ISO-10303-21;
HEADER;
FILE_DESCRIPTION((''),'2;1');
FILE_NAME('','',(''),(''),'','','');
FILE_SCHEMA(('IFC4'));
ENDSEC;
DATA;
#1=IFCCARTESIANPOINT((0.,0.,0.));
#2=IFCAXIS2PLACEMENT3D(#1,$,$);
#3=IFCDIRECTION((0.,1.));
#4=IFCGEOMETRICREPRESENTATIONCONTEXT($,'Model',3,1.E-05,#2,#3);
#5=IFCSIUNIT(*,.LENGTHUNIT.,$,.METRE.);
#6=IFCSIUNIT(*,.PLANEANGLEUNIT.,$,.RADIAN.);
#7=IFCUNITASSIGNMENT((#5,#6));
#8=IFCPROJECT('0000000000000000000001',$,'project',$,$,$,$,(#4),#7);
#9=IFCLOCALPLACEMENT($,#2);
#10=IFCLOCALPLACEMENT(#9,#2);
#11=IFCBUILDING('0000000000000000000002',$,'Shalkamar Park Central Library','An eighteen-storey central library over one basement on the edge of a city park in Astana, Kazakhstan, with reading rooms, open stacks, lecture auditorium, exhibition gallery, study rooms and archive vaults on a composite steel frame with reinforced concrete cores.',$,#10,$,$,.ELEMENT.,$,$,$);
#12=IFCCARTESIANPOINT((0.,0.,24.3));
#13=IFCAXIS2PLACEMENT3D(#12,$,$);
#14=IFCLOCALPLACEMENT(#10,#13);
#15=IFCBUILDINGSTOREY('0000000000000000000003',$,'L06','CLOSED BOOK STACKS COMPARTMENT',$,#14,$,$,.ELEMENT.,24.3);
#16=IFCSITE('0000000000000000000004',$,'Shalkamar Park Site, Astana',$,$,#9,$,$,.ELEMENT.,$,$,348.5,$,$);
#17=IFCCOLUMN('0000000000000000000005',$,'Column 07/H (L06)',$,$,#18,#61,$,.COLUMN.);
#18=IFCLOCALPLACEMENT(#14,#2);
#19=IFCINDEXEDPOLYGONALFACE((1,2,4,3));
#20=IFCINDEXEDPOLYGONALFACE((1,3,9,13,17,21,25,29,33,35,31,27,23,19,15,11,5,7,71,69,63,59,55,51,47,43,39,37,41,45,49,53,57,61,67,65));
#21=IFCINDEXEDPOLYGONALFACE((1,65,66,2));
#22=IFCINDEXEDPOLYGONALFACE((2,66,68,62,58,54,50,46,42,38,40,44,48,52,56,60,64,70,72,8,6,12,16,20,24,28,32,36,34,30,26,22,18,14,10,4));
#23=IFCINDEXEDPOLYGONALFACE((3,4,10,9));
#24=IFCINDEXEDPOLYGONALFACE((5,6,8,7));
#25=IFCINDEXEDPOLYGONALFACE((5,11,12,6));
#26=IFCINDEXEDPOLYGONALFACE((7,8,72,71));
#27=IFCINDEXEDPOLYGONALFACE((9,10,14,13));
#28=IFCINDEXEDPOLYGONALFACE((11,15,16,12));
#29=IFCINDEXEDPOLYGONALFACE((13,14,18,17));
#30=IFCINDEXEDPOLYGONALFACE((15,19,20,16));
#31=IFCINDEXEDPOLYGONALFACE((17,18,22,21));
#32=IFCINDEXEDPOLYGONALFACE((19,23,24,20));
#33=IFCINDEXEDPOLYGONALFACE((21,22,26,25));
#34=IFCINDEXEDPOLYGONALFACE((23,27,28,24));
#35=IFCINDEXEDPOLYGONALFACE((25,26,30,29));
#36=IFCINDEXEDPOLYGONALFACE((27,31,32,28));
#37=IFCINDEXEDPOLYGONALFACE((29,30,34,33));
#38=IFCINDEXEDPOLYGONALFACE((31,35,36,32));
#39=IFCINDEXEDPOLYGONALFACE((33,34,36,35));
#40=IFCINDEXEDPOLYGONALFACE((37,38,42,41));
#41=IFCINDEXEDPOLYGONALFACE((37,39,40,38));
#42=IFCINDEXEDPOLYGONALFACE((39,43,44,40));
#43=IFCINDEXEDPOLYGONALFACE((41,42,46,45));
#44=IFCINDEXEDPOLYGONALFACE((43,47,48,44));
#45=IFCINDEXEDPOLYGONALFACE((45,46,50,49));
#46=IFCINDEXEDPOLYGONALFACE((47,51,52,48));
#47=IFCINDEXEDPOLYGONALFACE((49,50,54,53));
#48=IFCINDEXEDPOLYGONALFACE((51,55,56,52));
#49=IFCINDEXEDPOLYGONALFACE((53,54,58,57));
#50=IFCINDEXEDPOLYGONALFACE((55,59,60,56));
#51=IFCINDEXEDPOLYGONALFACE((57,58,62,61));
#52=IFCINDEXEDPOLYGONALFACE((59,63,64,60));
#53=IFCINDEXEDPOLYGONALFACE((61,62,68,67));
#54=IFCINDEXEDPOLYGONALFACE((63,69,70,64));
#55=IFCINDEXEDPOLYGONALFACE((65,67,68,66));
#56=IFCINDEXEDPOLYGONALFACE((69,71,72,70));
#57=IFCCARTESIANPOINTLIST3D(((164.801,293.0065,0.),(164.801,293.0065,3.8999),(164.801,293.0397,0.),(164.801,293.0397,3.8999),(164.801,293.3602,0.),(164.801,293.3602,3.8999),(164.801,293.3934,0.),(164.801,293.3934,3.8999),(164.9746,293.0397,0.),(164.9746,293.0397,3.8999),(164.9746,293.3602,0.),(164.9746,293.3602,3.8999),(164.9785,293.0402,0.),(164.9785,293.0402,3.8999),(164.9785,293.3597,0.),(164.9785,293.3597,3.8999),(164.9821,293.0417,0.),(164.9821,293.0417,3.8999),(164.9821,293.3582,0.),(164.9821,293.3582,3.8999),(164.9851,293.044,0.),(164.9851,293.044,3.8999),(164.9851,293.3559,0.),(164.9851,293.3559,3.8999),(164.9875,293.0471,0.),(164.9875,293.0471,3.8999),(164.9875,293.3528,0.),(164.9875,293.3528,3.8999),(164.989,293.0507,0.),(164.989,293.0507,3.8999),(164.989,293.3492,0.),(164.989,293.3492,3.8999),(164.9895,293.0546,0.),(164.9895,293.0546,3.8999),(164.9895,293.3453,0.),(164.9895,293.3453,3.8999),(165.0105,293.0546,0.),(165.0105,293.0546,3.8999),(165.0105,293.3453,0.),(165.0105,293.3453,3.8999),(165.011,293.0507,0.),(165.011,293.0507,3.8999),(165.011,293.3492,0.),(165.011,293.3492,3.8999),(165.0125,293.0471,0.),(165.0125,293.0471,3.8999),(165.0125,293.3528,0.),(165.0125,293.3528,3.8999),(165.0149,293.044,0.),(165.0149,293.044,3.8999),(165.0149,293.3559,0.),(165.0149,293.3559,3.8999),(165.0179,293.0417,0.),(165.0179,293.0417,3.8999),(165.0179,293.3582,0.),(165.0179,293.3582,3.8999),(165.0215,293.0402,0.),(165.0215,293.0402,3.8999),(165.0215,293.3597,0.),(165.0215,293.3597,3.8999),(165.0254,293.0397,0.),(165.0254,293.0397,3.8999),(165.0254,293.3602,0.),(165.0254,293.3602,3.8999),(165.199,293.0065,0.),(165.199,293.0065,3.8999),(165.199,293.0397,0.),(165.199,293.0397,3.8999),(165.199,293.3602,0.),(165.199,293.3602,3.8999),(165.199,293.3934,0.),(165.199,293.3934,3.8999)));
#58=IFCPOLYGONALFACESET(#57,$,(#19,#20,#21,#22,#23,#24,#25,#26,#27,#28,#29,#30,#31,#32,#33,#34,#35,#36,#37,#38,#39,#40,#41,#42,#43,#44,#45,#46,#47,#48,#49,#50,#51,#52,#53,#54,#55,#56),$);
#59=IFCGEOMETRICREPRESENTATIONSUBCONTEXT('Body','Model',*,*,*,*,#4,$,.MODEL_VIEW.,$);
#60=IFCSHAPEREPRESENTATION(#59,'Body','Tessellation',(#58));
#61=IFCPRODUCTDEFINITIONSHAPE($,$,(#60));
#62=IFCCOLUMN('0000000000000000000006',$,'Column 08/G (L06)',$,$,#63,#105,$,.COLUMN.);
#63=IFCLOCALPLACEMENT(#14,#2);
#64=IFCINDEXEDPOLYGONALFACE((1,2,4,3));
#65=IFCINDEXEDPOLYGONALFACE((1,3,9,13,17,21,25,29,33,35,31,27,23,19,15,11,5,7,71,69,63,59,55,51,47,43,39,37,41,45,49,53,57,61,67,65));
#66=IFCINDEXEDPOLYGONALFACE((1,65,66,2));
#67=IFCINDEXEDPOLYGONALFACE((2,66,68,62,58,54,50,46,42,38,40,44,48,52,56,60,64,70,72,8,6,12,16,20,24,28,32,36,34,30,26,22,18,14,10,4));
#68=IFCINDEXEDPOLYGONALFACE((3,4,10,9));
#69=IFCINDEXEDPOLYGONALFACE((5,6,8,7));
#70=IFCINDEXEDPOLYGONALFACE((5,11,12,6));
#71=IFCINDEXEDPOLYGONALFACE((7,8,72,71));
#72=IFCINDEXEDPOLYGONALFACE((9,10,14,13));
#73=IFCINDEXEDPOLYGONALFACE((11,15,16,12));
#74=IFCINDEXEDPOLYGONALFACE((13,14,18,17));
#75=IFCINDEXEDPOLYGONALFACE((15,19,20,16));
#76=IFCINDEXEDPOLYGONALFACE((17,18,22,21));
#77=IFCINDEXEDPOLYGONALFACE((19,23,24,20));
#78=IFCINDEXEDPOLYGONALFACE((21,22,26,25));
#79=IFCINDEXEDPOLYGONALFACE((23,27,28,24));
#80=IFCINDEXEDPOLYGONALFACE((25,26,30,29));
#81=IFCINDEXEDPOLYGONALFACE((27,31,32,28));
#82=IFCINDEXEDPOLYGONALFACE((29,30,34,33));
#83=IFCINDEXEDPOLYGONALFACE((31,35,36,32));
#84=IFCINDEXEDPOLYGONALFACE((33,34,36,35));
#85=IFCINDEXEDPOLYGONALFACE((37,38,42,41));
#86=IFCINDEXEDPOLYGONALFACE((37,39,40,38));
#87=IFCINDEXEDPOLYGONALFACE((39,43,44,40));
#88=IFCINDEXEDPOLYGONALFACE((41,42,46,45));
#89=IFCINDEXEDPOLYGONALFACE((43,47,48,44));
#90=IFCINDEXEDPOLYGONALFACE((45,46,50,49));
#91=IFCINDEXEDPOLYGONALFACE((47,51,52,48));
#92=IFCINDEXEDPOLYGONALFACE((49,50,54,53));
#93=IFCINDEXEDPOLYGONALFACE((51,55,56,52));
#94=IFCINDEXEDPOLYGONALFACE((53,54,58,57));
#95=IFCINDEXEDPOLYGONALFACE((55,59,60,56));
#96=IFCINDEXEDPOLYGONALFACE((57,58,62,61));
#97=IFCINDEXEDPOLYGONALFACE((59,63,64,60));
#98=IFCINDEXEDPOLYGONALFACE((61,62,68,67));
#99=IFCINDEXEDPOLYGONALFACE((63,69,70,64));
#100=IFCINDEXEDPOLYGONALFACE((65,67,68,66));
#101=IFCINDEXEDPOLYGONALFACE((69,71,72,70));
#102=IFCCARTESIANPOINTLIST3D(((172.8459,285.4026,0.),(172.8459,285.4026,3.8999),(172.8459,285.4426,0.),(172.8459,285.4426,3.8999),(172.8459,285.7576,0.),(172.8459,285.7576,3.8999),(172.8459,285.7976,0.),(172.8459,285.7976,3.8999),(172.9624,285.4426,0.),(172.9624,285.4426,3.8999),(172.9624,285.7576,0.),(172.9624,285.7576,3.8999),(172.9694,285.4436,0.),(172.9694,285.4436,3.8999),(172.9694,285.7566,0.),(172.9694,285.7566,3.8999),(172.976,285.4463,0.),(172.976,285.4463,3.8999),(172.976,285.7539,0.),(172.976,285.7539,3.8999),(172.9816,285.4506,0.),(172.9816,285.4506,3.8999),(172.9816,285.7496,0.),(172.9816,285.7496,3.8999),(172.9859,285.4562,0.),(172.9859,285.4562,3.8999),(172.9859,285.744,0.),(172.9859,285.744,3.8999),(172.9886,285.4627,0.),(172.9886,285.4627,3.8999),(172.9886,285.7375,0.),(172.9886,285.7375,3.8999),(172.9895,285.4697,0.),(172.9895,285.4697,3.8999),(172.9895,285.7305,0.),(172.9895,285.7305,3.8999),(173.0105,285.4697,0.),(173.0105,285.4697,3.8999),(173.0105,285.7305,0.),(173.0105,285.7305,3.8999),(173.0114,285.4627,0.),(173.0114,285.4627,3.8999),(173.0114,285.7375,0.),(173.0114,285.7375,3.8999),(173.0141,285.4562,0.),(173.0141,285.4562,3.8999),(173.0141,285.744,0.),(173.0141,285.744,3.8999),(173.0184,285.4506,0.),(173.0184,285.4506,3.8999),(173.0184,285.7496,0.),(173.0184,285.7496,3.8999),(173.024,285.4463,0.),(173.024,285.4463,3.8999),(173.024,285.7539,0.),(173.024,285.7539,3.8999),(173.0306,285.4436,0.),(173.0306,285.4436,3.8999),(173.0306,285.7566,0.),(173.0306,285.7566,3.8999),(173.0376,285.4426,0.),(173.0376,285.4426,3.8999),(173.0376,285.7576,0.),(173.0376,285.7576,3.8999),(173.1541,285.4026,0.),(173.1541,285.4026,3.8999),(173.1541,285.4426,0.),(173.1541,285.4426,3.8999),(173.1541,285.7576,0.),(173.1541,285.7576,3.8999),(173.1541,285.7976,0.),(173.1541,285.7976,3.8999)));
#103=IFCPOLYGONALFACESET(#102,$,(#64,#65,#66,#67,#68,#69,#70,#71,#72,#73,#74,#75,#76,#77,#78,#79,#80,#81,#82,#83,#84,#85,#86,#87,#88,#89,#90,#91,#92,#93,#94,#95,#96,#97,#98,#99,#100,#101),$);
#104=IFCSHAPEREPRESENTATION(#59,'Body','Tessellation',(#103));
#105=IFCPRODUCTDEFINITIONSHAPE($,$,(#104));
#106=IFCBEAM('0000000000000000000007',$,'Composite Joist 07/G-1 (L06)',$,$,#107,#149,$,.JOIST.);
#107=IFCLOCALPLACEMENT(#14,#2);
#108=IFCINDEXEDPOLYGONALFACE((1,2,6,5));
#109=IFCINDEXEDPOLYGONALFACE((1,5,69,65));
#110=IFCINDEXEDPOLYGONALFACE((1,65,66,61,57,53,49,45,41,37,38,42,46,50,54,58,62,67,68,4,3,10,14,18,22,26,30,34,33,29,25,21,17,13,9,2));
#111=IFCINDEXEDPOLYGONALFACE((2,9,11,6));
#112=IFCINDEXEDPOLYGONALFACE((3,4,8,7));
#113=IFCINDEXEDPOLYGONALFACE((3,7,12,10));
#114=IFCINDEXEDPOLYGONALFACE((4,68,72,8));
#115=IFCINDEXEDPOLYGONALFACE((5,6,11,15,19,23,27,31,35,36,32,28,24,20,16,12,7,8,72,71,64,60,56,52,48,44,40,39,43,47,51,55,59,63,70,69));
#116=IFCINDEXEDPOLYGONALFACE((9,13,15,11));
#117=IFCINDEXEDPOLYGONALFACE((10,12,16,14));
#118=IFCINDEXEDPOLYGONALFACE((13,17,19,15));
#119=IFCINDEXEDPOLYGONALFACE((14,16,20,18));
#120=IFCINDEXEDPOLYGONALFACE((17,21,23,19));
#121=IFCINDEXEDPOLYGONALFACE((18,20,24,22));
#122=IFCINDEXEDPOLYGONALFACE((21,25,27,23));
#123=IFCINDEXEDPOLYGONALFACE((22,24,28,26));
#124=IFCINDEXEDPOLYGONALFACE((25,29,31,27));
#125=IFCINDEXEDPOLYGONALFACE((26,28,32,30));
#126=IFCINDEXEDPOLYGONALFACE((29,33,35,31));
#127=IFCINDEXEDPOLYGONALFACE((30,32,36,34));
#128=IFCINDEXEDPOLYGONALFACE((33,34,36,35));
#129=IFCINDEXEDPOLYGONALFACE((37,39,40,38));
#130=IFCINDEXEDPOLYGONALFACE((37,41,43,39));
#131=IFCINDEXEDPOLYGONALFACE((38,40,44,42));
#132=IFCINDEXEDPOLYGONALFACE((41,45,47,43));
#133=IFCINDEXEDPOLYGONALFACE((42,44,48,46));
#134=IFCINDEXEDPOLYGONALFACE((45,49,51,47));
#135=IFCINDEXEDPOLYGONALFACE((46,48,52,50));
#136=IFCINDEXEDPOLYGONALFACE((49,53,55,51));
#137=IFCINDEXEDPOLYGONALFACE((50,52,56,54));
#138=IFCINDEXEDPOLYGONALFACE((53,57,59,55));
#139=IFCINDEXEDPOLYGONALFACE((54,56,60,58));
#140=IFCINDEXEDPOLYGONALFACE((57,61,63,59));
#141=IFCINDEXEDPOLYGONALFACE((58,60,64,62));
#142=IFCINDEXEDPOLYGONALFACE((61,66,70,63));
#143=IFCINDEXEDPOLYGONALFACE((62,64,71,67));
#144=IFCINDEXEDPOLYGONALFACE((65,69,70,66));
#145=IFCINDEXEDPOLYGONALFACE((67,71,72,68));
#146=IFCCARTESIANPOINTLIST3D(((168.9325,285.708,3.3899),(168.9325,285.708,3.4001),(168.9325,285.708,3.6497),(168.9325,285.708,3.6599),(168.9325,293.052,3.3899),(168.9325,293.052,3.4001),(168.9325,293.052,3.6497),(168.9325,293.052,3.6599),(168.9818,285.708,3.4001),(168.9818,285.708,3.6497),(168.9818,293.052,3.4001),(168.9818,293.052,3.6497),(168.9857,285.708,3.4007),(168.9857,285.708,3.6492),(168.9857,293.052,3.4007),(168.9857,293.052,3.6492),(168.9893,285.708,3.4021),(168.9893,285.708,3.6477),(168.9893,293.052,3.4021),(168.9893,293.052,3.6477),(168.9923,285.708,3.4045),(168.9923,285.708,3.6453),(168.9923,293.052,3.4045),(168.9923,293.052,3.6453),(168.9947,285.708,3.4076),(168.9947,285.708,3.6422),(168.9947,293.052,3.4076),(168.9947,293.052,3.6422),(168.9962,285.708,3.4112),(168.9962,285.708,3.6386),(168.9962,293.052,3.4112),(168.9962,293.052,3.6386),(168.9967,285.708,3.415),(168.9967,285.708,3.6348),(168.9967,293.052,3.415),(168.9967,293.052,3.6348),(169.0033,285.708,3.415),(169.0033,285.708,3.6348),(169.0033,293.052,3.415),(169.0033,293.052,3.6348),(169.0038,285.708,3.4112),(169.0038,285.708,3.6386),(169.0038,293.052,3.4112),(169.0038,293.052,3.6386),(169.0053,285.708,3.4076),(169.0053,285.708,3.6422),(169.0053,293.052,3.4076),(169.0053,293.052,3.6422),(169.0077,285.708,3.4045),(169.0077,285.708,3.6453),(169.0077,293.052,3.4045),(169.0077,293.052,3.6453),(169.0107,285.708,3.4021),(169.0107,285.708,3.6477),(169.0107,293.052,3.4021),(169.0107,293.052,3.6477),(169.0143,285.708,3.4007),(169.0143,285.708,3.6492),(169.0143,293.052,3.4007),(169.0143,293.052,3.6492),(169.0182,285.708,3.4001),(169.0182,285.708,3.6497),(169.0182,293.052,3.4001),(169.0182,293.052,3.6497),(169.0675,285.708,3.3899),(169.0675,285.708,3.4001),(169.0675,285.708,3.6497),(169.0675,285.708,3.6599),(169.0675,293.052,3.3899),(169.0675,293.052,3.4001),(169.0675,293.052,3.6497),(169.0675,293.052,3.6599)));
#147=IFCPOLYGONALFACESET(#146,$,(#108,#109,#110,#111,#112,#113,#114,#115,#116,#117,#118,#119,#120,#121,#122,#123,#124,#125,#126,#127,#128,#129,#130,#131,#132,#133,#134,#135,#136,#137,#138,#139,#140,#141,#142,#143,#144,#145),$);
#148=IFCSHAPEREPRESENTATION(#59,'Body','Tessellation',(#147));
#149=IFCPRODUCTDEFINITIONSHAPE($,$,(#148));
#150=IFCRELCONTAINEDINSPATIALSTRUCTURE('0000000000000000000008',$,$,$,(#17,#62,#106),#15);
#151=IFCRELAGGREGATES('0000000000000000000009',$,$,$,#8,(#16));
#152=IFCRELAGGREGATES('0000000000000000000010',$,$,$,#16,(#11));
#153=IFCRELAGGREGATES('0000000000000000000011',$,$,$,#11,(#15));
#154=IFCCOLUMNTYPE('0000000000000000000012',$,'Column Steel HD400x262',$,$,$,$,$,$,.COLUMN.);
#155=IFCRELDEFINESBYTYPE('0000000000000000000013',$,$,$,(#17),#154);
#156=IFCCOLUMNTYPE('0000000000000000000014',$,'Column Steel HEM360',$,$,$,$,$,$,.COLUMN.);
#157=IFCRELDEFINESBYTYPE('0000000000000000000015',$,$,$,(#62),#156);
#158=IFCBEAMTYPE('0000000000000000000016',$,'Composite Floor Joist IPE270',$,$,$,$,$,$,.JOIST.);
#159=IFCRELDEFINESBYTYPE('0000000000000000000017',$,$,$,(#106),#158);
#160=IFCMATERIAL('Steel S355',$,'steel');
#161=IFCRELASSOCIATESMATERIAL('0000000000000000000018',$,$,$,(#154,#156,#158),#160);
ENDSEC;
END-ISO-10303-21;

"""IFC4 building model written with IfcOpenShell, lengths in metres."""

from ifc_helpers import new_model, si_unit, direction, frame, origin, origin_2d, place, context, subcontext, project, spatial, i_section, extrude, material, material_profile, profile_set, type_object, element, save


model = new_model("IFC4")

# Units and contexts
model_context = context("Model", 3, precision=1e-05, world=origin(), true_north=direction((0.0, 1.0)))
body_context = subcontext(model_context, "Body", "Model", "MODEL_VIEW")
ifc_project = project(units=[si_unit("LENGTHUNIT", "METRE"), si_unit("PLANEANGLEUNIT", "RADIAN")], contexts=[model_context])

# Site, building, storey
site_placement = place(None, origin())
site = spatial("IfcSite", under=ifc_project, at=site_placement, Name="Shalkamar Park Site, Astana", CompositionType="ELEMENT", RefElevation=348.5)
building_placement = place(site_placement, origin())
building = spatial("IfcBuilding", under=site, at=building_placement, Name="Shalkamar Park Central Library", Description="An eighteen-storey central library over one basement on the edge of a city park in Astana, Kazakhstan, with reading rooms, open stacks, lecture auditorium, exhibition gallery, study rooms and archive vaults on a composite steel frame with reinforced concrete cores.", CompositionType="ELEMENT")
storey_placement = place(building_placement, frame((0.0, 0.0, 24.3)))
storey = spatial("IfcBuildingStorey", under=building, at=storey_placement, Name="L06", Description="CLOSED BOOK STACKS COMPARTMENT", CompositionType="ELEMENT", Elevation=24.3)

# Columns
ifc_material_1 = material(Name="Steel S355", Category="steel")
ifc_material_profile_1 = material_profile(ifc_material_1, i_section(OverallWidth=0.3979, OverallDepth=0.387, WebThickness=0.021, FlangeThickness=0.0332, FilletRadius=0.0149, at=origin_2d()), Name="HD 400x262")
ifc_profile_set_1 = profile_set([ifc_material_profile_1], Name="Steel S355")
column_type_1 = type_object("IfcColumnType", Name="Column Steel HD400x262", PredefinedType="COLUMN", material=ifc_profile_set_1)
column_1_placement = place(storey_placement, frame((165.0, 293.2, 0.0), z_axis=(0.0, 0.0, 1.0), x_axis=(1.0, 0.0, 0.0)))
element("IfcColumn", 1, at=column_1_placement, inside=storey, type_object=column_type_1, Name="Column 07/H (L06)", PredefinedType="COLUMN", context=body_context, shape_type="SweptSolid", body=[
    extrude(i_section(OverallWidth=0.3979, OverallDepth=0.387, WebThickness=0.021, FlangeThickness=0.0332, FilletRadius=0.0149, at=origin_2d()), origin(), (0.0, 0.0, 1.0), 3.8999),
])
ifc_material_profile_2 = material_profile(ifc_material_1, i_section(OverallWidth=0.3081, OverallDepth=0.395, WebThickness=0.021, FlangeThickness=0.04, FilletRadius=0.0271, at=origin_2d()), Name="HEM 360")
ifc_profile_set_2 = profile_set([ifc_material_profile_2], Name="Steel S355")
column_type_2 = type_object("IfcColumnType", Name="Column Steel HEM360", PredefinedType="COLUMN", material=ifc_profile_set_2)
column_2_placement = place(storey_placement, frame((173.0, 285.6001, 0.0), z_axis=(0.0, 0.0, 1.0), x_axis=(1.0, 0.0, 0.0)))
element("IfcColumn", 2, at=column_2_placement, inside=storey, type_object=column_type_2, Name="Column 08/G (L06)", PredefinedType="COLUMN", context=body_context, shape_type="SweptSolid", body=[
    extrude(i_section(OverallWidth=0.3081, OverallDepth=0.395, WebThickness=0.021, FlangeThickness=0.04, FilletRadius=0.0271, at=origin_2d()), origin(), (0.0, 0.0, 1.0), 3.8999),
])

# Beam
ifc_material_profile_3 = material_profile(ifc_material_1, i_section(OverallWidth=0.135, OverallDepth=0.27, WebThickness=0.0066, FlangeThickness=0.0103, FilletRadius=0.0149, at=origin_2d()), Name="IPE 270")
ifc_profile_set_3 = profile_set([ifc_material_profile_3], Name="Steel S355")
beam_type_1 = type_object("IfcBeamType", Name="Composite Floor Joist IPE270", PredefinedType="JOIST", material=ifc_profile_set_3)
beam_1_placement = place(storey_placement, frame((169.0, 285.708, 3.5249), z_axis=(0.0, 1.0, 0.0), x_axis=(-1.0, 0.0, 0.0)))
element("IfcBeam", 3, at=beam_1_placement, inside=storey, type_object=beam_type_1, Name="Composite Joist 07/G-1 (L06)", PredefinedType="JOIST", context=body_context, shape_type="SweptSolid", body=[
    extrude(i_section(OverallWidth=0.135, OverallDepth=0.27, WebThickness=0.0066, FlangeThickness=0.0103, FilletRadius=0.0149, at=origin_2d()), origin(), (0.0, 0.0, 1.0), 7.344),
])

save(model, "model.ifc")
